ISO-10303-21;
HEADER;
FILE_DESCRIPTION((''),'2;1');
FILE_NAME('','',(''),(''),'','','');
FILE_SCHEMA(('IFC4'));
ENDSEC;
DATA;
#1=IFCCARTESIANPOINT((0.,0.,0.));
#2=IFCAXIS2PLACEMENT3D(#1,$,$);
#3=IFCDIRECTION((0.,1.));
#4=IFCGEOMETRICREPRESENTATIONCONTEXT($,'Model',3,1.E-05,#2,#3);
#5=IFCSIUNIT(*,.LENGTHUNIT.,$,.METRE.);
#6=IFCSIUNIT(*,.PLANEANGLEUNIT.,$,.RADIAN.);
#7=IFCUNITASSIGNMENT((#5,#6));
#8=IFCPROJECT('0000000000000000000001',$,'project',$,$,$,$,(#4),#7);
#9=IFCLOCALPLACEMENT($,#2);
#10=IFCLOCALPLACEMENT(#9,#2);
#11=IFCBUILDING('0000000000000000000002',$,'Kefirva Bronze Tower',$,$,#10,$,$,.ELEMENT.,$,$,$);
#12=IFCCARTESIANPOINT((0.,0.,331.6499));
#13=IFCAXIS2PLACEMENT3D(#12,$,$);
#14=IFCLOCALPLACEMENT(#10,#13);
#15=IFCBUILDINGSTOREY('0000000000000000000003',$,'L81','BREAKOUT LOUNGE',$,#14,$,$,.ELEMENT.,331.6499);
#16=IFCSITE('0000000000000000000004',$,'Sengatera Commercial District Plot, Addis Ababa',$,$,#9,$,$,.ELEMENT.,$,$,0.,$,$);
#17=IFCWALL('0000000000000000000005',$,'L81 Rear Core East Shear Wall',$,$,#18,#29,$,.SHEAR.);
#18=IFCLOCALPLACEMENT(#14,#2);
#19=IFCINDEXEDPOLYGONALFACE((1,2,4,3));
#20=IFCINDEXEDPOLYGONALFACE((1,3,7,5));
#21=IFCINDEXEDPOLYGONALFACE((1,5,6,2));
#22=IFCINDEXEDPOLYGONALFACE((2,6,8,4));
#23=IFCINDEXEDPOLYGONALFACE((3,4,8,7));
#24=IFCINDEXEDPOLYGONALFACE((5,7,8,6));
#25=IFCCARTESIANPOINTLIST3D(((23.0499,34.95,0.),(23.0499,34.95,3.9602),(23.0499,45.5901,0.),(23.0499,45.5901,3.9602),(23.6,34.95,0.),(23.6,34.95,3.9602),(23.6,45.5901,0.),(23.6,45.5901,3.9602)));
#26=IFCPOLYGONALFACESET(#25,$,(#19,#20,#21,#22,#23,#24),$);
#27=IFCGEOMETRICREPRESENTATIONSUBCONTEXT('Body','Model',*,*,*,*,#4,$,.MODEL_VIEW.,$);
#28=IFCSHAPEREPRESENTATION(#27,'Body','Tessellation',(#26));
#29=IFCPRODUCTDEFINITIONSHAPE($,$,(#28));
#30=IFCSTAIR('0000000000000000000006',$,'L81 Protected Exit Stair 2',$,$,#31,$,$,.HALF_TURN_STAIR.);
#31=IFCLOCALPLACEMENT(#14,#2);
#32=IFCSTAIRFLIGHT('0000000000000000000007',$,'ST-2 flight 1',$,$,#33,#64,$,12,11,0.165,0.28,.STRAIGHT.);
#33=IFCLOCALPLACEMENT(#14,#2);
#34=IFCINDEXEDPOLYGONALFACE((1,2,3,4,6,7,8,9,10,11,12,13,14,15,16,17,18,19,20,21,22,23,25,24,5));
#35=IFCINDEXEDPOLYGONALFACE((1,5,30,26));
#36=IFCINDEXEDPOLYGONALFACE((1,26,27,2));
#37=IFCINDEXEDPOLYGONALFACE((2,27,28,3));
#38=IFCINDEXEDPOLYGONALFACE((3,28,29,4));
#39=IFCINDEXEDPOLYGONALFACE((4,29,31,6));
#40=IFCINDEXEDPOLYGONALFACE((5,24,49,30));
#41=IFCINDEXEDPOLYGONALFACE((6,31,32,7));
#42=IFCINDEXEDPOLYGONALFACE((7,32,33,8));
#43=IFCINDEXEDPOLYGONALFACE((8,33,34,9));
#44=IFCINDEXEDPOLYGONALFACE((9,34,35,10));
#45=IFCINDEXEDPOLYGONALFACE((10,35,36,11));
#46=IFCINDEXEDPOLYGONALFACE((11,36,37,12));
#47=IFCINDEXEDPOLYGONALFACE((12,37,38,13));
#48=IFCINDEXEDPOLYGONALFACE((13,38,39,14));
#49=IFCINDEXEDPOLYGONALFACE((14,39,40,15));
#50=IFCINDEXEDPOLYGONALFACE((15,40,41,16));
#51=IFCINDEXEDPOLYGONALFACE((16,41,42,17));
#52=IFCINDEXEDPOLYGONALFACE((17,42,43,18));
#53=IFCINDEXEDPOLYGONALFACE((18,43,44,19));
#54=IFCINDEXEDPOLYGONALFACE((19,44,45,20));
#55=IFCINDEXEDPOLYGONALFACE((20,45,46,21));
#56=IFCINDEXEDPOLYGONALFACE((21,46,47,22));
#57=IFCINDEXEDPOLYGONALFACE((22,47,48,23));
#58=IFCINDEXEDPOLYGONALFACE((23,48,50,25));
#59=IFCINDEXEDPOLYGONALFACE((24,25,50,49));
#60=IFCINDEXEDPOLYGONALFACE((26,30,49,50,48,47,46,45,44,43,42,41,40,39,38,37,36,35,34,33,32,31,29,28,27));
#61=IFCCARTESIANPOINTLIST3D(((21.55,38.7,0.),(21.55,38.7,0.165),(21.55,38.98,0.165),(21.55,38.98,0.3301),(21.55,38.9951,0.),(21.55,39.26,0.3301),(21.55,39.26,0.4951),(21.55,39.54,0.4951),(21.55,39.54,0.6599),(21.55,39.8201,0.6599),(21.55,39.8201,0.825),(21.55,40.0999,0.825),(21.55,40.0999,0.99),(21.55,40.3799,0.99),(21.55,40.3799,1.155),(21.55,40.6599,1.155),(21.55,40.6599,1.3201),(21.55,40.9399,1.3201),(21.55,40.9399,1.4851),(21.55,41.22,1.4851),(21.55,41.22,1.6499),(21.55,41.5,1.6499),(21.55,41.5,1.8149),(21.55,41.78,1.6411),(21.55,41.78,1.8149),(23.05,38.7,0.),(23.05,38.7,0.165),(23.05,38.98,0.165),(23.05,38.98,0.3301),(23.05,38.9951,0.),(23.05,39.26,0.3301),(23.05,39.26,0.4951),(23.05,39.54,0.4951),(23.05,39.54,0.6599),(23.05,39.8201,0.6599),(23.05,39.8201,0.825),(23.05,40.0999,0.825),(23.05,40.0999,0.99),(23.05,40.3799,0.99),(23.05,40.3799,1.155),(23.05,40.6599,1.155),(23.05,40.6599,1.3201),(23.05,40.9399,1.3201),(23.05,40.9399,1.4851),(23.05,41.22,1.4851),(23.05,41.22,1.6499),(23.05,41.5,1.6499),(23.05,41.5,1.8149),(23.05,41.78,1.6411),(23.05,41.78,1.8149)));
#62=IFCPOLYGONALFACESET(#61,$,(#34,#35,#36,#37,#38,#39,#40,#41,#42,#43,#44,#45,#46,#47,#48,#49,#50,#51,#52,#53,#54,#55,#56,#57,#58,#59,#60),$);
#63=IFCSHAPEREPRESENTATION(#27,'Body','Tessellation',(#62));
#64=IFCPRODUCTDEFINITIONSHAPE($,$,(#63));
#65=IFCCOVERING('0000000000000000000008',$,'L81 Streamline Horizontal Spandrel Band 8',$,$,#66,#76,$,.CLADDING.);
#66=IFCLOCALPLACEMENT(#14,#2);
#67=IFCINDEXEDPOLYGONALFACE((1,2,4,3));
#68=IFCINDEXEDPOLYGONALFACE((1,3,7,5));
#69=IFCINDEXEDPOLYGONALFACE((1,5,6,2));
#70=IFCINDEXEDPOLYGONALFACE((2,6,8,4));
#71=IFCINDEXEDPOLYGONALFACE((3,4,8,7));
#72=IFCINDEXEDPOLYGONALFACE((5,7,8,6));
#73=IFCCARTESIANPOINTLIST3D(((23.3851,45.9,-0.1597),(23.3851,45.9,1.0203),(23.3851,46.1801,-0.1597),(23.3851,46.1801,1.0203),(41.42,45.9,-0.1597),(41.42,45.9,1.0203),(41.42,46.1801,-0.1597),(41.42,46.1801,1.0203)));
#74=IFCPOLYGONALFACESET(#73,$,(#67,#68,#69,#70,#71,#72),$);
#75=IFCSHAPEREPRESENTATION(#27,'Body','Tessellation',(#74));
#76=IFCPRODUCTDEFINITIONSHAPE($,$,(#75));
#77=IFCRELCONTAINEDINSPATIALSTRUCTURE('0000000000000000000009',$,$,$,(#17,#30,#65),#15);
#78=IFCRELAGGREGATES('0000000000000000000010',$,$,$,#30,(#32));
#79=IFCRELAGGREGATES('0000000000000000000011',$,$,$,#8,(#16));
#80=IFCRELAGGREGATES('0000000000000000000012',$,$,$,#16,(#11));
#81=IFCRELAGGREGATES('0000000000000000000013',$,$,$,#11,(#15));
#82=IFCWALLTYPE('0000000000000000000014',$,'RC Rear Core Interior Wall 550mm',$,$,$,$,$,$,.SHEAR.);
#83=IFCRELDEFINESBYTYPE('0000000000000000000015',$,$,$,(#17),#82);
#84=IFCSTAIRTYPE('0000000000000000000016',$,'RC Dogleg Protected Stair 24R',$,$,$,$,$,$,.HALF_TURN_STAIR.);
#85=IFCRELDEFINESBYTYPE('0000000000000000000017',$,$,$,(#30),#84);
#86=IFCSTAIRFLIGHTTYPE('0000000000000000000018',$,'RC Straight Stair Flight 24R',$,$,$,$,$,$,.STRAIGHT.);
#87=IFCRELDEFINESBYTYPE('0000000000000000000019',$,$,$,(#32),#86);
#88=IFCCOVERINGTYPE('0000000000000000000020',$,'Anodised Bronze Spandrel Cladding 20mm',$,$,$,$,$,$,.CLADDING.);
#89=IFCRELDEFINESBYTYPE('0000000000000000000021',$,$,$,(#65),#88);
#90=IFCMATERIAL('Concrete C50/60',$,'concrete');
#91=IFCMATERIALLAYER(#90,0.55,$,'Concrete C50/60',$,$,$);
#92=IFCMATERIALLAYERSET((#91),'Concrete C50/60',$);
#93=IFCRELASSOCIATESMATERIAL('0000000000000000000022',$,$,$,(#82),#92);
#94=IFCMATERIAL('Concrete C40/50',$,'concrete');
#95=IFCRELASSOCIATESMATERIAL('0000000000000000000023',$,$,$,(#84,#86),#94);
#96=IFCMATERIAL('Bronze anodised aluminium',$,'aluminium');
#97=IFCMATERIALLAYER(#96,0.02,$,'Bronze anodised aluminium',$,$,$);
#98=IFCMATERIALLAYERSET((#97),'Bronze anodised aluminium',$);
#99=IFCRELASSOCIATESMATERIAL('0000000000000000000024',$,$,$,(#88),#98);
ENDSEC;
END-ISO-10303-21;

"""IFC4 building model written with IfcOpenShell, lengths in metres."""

from ifc_helpers import new_model, si_unit, direction, frame, frame_2d, origin, origin_2d, place, context, subcontext, project, spatial, polyline, rectangle, outline, extrude, material, layer, layer_set, type_object, element, aggregate, save


model = new_model("IFC4")

# Units and contexts
model_context = context("Model", 3, precision=1e-05, world=origin(), true_north=direction((0.0, 1.0)))
body_context = subcontext(model_context, "Body", "Model", "MODEL_VIEW")
ifc_project = project(units=[si_unit("LENGTHUNIT", "METRE"), si_unit("PLANEANGLEUNIT", "RADIAN")], contexts=[model_context])

# Site, building, storey
site_placement = place(None, origin())
site = spatial("IfcSite", under=ifc_project, at=site_placement, Name="Sengatera Commercial District Plot, Addis Ababa", CompositionType="ELEMENT", RefElevation=0.0)
building_placement = place(site_placement, origin())
building = spatial("IfcBuilding", under=site, at=building_placement, Name="Kefirva Bronze Tower", CompositionType="ELEMENT")
storey_placement = place(building_placement, frame((0.0, 0.0, 331.6499)))
storey = spatial("IfcBuildingStorey", under=building, at=storey_placement, Name="L81", Description="BREAKOUT LOUNGE", CompositionType="ELEMENT", Elevation=331.6499)

# Shared definitions
ifc_material_1 = material(Name="Concrete C50/60", Category="concrete")

# Shared definitions
ifc_material_2 = material(Name="Bronze anodised aluminium", Category="aluminium")

# Wall
ifc_layer_1 = layer(ifc_material_1, 0.55, Name="Concrete C50/60")
ifc_layer_set_1 = layer_set([ifc_layer_1], Name="Concrete C50/60")
wall_type = type_object("IfcWallType", Name="RC Rear Core Interior Wall 550mm", PredefinedType="SHEAR", material=ifc_layer_set_1)
wall_placement = place(storey_placement, frame((23.325, 34.95, 0.0), z_axis=(0.0, 0.0, 1.0), x_axis=(0.0, 1.0, 0.0)))
element("IfcWall", 1, at=wall_placement, inside=storey, type_object=wall_type, Name="L81 Rear Core East Shear Wall", PredefinedType="SHEAR", context=body_context, shape_type="SweptSolid", body=[
    extrude(rectangle(XDim=10.6401, YDim=0.55, at=frame_2d((5.3201, 0.0))), origin(), (0.0, 0.0, 1.0), 3.9602),
])

# Stair, stair flight
ifc_material_3 = material(Name="Concrete C40/50", Category="concrete")
stair_type = type_object("IfcStairType", Name="RC Dogleg Protected Stair 24R", PredefinedType="HALF_TURN_STAIR", material=ifc_material_3)
stair_placement = place(storey_placement, origin())
stair = element("IfcStair", 2, at=stair_placement, inside=storey, type_object=stair_type, Name="L81 Protected Exit Stair 2", PredefinedType="HALF_TURN_STAIR")
stair_flight_type = type_object("IfcStairFlightType", Name="RC Straight Stair Flight 24R", PredefinedType="STRAIGHT", material=ifc_material_3)
stair_flight_placement = place(storey_placement, frame((22.3, 38.7, 0.0), z_axis=(0.0, 0.0, 1.0), x_axis=(0.0, 1.0, 0.0)))
stair_flight = element("IfcStairFlight", 3, at=stair_flight_placement, type_object=stair_flight_type, Name="ST-2 flight 1", NumberOfRisers=12, NumberOfTreads=11, PredefinedType="STRAIGHT", RiserHeight=0.165, TreadLength=0.28, context=body_context, shape_type="SweptSolid", body=[
    extrude(outline(polyline([(0.0, 0.0), (0.0, 0.165), (0.28, 0.165), (0.28, 0.3301), (0.5601, 0.3301), (0.5601, 0.4951), (0.8401, 0.4951), (0.8401, 0.6599), (1.1201, 0.6599), (1.1201, 0.825), (1.3999, 0.825), (1.3999, 0.99), (1.6799, 0.99), (1.6799, 1.155), (1.96, 1.155), (1.96, 1.3201), (2.24, 1.3201), (2.24, 1.4851), (2.52, 1.4851), (2.52, 1.6499), (2.8, 1.6499), (2.8, 1.8149), (3.0801, 1.8149), (3.0801, 1.98), (3.0801, 1.6411), (0.2952, 0.0), (0.0, 0.0)])), frame((0.0, 0.75, 0.0), z_axis=(0.0, -1.0, 0.0), x_axis=(1.0, 0.0, 0.0)), (0.0, 0.0, 1.0), 1.5),
])
aggregate(stair, [stair_flight])

# Covering
ifc_layer_2 = layer(ifc_material_2, 0.02, Name="Bronze anodised aluminium")
ifc_layer_set_2 = layer_set([ifc_layer_2], Name="Bronze anodised aluminium")
covering_type_1 = type_object("IfcCoveringType", Name="Anodised Bronze Spandrel Cladding 20mm", PredefinedType="CLADDING", material=ifc_layer_set_2)
covering_1_placement = place(storey_placement, frame((32.4026, 46.04, -0.1597), z_axis=(0.0, 0.0, 1.0), x_axis=(-1.0, 0.0, 0.0)))
element("IfcCovering", 4, at=covering_1_placement, inside=storey, type_object=covering_type_1, Name="L81 Streamline Horizontal Spandrel Band 8", PredefinedType="CLADDING", context=body_context, shape_type="SweptSolid", body=[
    extrude(rectangle(XDim=18.0349, YDim=0.28, at=origin_2d()), origin(), (0.0, 0.0, 1.0), 1.1799),
])

save(model, "model.ifc")
